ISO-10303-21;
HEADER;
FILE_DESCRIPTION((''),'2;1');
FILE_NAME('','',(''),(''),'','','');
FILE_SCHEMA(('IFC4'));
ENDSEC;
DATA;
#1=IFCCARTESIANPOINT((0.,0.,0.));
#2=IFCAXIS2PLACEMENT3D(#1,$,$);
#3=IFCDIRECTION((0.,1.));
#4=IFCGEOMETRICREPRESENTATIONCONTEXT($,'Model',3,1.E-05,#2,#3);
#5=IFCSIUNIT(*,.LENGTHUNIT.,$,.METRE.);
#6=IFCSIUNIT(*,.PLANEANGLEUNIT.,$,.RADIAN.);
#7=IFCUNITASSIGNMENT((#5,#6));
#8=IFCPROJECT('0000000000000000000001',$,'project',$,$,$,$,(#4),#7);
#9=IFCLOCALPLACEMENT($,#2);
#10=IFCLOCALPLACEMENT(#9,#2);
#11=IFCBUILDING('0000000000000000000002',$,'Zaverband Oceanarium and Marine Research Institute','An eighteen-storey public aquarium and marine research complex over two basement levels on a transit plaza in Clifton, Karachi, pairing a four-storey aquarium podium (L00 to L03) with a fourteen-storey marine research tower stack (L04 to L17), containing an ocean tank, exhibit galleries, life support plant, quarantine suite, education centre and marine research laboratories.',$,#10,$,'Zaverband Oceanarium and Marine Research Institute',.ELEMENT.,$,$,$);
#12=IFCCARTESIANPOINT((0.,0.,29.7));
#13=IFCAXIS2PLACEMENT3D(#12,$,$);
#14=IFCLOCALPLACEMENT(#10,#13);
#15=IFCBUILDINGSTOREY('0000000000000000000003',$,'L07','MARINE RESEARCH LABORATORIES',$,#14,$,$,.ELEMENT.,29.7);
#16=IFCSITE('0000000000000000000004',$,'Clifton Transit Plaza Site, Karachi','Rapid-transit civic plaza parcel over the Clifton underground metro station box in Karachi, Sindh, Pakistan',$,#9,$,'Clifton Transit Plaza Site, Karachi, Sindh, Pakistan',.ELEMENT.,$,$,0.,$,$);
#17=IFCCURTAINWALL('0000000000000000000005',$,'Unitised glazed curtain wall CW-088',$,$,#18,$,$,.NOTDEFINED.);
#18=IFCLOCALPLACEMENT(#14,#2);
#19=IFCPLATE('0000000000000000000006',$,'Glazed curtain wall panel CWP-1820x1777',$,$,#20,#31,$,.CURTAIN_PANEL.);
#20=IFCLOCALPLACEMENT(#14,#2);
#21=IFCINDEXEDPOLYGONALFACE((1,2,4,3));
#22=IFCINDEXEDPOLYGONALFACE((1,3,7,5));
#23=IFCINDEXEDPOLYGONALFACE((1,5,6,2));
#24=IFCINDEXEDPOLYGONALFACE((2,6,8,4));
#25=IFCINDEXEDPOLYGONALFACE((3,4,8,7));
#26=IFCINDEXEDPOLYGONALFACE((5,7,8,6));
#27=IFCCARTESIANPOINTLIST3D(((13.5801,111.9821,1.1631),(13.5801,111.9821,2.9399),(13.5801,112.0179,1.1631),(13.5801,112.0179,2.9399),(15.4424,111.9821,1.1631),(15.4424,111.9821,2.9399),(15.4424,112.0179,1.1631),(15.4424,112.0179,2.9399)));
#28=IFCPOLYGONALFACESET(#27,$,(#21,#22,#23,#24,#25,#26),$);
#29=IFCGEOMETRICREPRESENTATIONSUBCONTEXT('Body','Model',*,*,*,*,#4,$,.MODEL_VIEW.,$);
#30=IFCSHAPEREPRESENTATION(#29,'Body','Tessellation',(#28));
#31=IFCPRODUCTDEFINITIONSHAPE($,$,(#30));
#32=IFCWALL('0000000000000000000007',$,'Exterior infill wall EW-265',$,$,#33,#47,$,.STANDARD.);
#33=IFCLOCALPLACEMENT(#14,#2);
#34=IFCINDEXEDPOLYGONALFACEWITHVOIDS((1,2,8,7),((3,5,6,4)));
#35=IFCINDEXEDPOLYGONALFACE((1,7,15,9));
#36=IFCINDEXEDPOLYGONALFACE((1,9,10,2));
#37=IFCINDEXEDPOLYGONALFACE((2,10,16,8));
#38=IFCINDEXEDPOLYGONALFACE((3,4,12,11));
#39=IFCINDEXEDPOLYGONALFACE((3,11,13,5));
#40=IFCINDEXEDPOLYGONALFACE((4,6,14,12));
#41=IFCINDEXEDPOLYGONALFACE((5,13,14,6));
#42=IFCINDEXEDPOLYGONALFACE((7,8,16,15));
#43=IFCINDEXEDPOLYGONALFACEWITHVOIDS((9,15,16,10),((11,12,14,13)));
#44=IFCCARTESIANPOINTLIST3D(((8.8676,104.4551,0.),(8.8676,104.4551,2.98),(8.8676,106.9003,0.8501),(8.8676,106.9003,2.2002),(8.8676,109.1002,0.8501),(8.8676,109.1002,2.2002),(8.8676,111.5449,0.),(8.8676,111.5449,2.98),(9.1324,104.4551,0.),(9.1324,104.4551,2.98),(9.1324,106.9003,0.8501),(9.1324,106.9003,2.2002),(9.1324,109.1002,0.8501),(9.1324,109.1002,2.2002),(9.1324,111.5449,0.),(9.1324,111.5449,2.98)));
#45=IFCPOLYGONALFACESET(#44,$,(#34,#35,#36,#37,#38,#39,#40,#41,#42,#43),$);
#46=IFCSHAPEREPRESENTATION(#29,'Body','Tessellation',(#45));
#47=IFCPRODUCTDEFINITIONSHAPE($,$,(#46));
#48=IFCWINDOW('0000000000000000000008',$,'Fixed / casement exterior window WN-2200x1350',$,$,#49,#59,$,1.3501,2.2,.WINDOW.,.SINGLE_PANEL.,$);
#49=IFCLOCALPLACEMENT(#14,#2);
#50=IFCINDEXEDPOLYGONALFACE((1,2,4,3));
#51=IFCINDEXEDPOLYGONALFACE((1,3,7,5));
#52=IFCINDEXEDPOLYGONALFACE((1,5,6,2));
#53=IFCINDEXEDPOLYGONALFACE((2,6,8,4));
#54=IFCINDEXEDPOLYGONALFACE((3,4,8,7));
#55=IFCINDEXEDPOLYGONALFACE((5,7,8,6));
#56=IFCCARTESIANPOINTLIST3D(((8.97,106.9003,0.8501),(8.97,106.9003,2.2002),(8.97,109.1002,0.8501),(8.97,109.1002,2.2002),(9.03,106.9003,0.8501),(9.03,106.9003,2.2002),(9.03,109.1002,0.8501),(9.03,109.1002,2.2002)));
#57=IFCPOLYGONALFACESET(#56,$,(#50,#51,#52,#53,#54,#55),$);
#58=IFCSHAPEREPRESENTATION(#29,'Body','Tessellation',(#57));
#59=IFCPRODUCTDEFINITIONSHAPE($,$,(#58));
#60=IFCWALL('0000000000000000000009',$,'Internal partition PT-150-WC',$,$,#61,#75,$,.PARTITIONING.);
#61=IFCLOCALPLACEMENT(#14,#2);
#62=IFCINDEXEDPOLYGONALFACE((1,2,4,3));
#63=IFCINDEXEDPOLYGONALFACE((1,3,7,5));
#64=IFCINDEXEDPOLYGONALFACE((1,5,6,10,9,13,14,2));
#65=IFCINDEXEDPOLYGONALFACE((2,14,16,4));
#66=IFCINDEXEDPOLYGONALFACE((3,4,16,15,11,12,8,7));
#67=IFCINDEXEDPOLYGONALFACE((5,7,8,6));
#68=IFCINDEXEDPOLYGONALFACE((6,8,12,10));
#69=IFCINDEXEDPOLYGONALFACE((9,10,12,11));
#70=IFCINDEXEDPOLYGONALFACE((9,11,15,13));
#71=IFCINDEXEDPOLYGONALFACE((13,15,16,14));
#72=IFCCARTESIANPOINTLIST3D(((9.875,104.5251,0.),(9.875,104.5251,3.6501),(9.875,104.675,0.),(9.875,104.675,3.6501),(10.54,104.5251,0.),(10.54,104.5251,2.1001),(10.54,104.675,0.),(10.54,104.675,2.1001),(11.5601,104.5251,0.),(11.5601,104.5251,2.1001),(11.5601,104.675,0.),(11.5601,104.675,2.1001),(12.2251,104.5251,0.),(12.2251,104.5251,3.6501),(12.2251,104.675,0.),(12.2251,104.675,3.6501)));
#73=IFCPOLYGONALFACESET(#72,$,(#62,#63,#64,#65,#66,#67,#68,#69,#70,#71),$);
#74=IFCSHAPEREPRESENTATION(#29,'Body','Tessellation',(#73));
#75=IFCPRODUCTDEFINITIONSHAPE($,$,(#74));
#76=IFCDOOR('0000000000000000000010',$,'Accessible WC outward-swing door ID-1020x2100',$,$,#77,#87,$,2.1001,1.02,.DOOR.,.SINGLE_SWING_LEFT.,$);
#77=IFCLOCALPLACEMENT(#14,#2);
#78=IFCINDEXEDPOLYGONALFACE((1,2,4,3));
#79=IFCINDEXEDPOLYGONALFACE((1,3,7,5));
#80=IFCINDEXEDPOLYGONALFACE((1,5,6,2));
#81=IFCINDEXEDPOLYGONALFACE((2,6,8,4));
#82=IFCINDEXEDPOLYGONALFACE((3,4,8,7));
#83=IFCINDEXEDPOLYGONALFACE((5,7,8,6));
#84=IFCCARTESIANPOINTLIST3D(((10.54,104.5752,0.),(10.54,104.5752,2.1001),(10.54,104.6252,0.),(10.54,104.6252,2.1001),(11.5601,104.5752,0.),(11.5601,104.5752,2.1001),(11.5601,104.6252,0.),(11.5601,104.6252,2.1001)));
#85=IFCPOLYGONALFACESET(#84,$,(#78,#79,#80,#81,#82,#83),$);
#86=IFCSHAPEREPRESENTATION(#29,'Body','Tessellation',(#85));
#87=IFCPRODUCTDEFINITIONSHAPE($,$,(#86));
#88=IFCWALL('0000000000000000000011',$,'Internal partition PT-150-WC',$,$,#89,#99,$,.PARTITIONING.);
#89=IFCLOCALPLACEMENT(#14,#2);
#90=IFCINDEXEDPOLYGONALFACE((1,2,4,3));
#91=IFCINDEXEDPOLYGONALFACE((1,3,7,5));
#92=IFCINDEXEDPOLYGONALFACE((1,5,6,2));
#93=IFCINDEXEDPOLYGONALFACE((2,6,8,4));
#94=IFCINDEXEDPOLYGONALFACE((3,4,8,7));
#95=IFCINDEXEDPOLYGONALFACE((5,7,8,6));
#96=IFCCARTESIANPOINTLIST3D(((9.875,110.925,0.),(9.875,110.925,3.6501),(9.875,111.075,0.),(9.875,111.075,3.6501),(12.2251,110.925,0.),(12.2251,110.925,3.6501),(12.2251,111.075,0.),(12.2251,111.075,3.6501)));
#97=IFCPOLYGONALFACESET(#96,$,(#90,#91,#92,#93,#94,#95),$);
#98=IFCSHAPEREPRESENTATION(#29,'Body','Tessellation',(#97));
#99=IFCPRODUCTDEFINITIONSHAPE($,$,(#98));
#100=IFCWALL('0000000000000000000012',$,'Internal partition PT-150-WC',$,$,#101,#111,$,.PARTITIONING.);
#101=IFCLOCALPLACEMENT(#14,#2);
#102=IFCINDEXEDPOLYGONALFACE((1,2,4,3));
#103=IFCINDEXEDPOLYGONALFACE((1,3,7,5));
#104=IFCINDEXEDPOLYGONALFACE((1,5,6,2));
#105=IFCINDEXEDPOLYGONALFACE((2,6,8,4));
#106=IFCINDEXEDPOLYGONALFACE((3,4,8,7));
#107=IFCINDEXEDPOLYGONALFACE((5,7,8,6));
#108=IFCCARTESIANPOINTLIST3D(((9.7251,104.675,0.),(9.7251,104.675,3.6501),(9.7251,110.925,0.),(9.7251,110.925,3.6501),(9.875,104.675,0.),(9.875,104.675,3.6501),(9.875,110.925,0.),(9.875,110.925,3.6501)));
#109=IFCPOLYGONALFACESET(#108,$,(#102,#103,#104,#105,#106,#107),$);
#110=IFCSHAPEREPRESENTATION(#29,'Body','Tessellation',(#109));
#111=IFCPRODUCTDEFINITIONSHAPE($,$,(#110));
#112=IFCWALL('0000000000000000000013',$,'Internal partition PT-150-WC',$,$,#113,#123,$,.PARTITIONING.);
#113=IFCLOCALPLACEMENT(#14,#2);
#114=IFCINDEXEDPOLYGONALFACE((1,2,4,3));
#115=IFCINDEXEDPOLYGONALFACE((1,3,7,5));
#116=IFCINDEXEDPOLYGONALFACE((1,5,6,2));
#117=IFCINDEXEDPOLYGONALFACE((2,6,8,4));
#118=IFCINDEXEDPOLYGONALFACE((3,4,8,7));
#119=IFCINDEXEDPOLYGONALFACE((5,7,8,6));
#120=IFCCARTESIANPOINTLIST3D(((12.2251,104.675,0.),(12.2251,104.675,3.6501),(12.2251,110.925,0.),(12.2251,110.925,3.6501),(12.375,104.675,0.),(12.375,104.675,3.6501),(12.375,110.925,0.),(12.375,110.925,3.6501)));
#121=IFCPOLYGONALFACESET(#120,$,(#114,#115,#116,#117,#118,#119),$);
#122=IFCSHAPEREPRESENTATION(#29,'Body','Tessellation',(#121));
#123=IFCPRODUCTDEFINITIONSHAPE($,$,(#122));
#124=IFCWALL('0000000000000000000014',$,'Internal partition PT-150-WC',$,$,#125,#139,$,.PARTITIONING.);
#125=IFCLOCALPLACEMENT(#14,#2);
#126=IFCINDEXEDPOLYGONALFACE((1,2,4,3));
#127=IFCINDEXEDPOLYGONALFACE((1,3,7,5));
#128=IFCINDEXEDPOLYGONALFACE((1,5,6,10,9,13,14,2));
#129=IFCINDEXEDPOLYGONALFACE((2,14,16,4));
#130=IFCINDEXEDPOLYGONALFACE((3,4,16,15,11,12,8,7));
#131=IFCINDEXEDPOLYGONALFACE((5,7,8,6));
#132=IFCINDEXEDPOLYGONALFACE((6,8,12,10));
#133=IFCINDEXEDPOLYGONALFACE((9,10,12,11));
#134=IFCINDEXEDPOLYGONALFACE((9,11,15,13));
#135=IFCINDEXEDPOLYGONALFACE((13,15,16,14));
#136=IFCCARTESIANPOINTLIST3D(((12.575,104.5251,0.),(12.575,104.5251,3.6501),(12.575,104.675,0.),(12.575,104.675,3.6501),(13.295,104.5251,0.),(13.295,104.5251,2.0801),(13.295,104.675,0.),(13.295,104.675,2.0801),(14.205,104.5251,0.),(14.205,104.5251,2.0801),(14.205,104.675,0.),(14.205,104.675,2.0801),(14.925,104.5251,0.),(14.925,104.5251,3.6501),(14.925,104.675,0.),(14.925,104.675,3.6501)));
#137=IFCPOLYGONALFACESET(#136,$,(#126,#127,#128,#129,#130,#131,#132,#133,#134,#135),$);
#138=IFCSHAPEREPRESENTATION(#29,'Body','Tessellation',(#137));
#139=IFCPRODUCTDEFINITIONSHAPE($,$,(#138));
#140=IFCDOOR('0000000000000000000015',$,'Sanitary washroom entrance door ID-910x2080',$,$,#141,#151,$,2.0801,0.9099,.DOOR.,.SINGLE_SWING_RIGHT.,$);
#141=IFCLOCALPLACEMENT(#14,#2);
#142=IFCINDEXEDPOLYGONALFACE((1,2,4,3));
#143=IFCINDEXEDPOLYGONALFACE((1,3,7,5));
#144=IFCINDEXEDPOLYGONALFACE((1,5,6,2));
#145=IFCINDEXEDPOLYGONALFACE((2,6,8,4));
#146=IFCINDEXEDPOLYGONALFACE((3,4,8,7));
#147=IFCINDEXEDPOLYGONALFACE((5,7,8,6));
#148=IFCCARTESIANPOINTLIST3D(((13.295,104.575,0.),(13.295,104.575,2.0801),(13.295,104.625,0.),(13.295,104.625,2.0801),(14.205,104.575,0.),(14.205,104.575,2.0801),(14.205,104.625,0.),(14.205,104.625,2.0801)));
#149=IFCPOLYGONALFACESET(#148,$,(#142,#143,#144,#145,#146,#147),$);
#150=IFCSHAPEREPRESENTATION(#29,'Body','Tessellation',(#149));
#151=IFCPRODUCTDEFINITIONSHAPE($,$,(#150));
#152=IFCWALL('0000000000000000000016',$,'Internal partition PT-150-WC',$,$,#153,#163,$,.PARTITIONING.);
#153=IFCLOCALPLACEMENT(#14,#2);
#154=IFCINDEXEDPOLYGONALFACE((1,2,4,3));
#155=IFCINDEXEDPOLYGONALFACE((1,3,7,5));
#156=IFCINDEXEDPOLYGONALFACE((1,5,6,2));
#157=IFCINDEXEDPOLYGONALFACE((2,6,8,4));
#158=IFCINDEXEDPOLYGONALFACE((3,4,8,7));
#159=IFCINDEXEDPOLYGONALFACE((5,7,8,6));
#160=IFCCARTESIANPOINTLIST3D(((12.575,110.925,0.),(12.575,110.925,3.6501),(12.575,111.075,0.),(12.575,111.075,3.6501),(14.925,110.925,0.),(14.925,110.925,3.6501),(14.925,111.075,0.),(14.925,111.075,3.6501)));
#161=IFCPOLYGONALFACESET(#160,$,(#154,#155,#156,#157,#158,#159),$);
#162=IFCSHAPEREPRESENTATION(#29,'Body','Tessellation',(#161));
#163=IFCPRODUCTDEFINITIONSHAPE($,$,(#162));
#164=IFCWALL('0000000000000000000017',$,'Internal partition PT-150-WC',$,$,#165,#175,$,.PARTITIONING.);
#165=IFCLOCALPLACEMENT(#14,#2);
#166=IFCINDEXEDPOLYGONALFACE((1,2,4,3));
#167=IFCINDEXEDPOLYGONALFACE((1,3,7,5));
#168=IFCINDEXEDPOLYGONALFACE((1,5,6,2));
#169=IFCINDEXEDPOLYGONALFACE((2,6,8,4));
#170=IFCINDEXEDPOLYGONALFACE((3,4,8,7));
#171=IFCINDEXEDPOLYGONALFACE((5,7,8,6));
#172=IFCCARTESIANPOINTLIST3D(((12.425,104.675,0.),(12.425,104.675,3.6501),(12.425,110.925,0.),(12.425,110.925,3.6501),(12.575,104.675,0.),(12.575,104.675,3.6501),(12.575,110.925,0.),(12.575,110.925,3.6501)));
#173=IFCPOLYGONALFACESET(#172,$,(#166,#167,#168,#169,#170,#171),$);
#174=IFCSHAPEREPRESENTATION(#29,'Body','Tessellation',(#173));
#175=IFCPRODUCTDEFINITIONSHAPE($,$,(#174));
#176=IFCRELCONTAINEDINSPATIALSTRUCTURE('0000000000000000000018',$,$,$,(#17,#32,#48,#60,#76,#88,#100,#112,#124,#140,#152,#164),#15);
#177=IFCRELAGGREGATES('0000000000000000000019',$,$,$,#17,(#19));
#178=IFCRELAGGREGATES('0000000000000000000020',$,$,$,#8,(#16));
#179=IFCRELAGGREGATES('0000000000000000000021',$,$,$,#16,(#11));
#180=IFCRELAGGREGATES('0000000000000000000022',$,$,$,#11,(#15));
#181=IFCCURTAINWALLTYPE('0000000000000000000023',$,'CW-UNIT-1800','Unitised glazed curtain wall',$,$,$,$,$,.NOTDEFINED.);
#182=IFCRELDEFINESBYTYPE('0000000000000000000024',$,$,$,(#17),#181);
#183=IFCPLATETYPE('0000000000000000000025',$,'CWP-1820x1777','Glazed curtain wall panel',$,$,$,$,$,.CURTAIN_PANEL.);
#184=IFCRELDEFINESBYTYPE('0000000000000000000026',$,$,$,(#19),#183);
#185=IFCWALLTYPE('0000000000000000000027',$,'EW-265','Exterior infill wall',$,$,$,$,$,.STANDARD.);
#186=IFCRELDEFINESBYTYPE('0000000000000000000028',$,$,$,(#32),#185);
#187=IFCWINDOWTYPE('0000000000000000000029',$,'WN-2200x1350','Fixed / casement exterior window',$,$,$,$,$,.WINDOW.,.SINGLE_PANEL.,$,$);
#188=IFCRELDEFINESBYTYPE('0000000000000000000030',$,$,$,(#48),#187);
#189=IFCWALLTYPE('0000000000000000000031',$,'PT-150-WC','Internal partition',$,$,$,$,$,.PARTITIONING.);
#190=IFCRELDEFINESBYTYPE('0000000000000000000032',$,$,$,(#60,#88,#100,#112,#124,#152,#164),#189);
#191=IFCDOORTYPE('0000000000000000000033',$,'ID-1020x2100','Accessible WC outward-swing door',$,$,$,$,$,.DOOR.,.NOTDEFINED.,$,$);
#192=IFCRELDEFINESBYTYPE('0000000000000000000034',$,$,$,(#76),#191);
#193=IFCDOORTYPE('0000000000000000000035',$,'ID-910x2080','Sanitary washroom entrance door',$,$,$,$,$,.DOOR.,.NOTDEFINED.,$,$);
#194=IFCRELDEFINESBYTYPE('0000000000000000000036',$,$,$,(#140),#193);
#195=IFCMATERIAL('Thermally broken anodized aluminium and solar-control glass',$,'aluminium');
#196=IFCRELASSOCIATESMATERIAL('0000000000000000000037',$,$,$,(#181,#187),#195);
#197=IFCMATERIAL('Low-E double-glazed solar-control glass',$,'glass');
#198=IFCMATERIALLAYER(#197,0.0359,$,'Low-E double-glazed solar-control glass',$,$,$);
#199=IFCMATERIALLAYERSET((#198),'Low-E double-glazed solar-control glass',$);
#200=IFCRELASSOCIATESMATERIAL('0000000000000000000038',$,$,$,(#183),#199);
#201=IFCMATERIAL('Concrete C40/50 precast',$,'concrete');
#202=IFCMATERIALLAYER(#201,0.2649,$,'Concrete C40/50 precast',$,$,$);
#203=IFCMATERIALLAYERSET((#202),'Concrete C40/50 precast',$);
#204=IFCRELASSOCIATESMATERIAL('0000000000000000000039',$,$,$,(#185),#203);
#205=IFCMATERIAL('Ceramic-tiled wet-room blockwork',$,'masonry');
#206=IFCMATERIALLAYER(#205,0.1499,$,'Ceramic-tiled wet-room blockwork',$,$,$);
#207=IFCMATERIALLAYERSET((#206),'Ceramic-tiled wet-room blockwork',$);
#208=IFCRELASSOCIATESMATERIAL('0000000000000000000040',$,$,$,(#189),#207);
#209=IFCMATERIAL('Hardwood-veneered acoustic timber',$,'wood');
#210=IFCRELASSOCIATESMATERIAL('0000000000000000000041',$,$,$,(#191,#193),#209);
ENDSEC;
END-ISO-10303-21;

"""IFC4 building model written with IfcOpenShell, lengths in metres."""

from ifc_helpers import new_model, si_unit, direction, frame, frame_2d, origin, place, context, subcontext, project, spatial, rectangle, extrude, material, layer, layer_set, type_object, element, fill, aggregate, save


model = new_model("IFC4")

# Units and contexts
model_context = context("Model", 3, precision=1e-05, world=origin(), true_north=direction((0.0, 1.0)))
body_context = subcontext(model_context, "Body", "Model", "MODEL_VIEW")
ifc_project = project(units=[si_unit("LENGTHUNIT", "METRE"), si_unit("PLANEANGLEUNIT", "RADIAN")], contexts=[model_context])

# Site, building, storey
site_placement = place(None, origin())
site = spatial("IfcSite", under=ifc_project, at=site_placement, Name="Clifton Transit Plaza Site, Karachi", Description="Rapid-transit civic plaza parcel over the Clifton underground metro station box in Karachi, Sindh, Pakistan", LongName="Clifton Transit Plaza Site, Karachi, Sindh, Pakistan", CompositionType="ELEMENT", RefElevation=0.0)
building_placement = place(site_placement, origin())
building = spatial("IfcBuilding", under=site, at=building_placement, Name="Zaverband Oceanarium and Marine Research Institute", Description="An eighteen-storey public aquarium and marine research complex over two basement levels on a transit plaza in Clifton, Karachi, pairing a four-storey aquarium podium (L00 to L03) with a fourteen-storey marine research tower stack (L04 to L17), containing an ocean tank, exhibit galleries, life support plant, quarantine suite, education centre and marine research laboratories.", LongName="Zaverband Oceanarium and Marine Research Institute", CompositionType="ELEMENT")
storey_placement = place(building_placement, frame((0.0, 0.0, 29.7)))
storey = spatial("IfcBuildingStorey", under=building, at=storey_placement, Name="L07", Description="MARINE RESEARCH LABORATORIES", CompositionType="ELEMENT", Elevation=29.7)

# Curtain wall
ifc_material_1 = material(Name="Thermally broken anodized aluminium and solar-control glass", Category="aluminium")
curtain_wall_type = type_object("IfcCurtainWallType", Name="CW-UNIT-1800", Description="Unitised glazed curtain wall", PredefinedType="NOTDEFINED", material=ifc_material_1)
curtain_wall_placement = place(storey_placement, origin())
curtain_wall = element("IfcCurtainWall", 1, at=curtain_wall_placement, inside=storey, type_object=curtain_wall_type, Name="Unitised glazed curtain wall CW-088", PredefinedType="NOTDEFINED")

# Plate
ifc_material_2 = material(Name="Low-E double-glazed solar-control glass", Category="glass")
ifc_layer_1 = layer(ifc_material_2, 0.0359, Name="Low-E double-glazed solar-control glass")
ifc_layer_set_1 = layer_set([ifc_layer_1], Name="Low-E double-glazed solar-control glass")
plate_type_1 = type_object("IfcPlateType", Name="CWP-1820x1777", Description="Glazed curtain wall panel", PredefinedType="CURTAIN_PANEL", material=ifc_layer_set_1)
plate_1_placement = place(storey_placement, frame((13.5801, 112.0, 1.1631), z_axis=(0.0, 0.0, 1.0), x_axis=(1.0, 0.0, 0.0)))
plate_1 = element("IfcPlate", 2, at=plate_1_placement, type_object=plate_type_1, Name="Glazed curtain wall panel CWP-1820x1777", PredefinedType="CURTAIN_PANEL", context=body_context, shape_type="SweptSolid", body=[
    extrude(rectangle(XDim=1.8623, YDim=0.0359, at=frame_2d((0.9312, 0.0))), origin(), (0.0, 0.0, 1.0), 1.7769),
])
aggregate(curtain_wall, [plate_1])

# Wall, opening, window
ifc_material_3 = material(Name="Concrete C40/50 precast", Category="concrete")
ifc_layer_2 = layer(ifc_material_3, 0.2649, Name="Concrete C40/50 precast")
ifc_layer_set_2 = layer_set([ifc_layer_2], Name="Concrete C40/50 precast")
wall_type_1 = type_object("IfcWallType", Name="EW-265", Description="Exterior infill wall", PredefinedType="STANDARD", material=ifc_layer_set_2)
wall_1_placement = place(storey_placement, frame((9.0, 104.4551, 0.0), z_axis=(0.0, 0.0, 1.0), x_axis=(0.0, 1.0, 0.0)))
wall_1 = element("IfcWall", 3, at=wall_1_placement, inside=storey, type_object=wall_type_1, Name="Exterior infill wall EW-265", PredefinedType="STANDARD", context=body_context, shape_type="SweptSolid", body=[
    extrude(rectangle(XDim=7.0898, YDim=0.2649, at=frame_2d((3.5449, 0.0))), origin(), (0.0, 0.0, 1.0), 2.98),
])
opening_1_placement = place(wall_1_placement, frame((2.4451, 0.0, 0.8501)))
opening_1 = element("IfcOpeningElement", 4, at=opening_1_placement, cuts=wall_1, PredefinedType="OPENING", context=body_context, shape_type="SweptSolid", body=[
    extrude(rectangle(XDim=2.2, YDim=1.3501, at=frame_2d((1.1001, 0.675))), frame((0.0, 0.1445, 0.0), z_axis=(0.0, -1.0, 0.0), x_axis=(1.0, 0.0, 0.0)), (0.0, 0.0, 1.0), 0.2888),
])
window_type = type_object("IfcWindowType", Name="WN-2200x1350", Description="Fixed / casement exterior window", PartitioningType="SINGLE_PANEL", PredefinedType="WINDOW", material=ifc_material_1)
window_placement = place(opening_1_placement, origin())
window = element("IfcWindow", 5, at=window_placement, inside=storey, type_object=window_type, Name="Fixed / casement exterior window WN-2200x1350", OverallHeight=1.3501, OverallWidth=2.2, PartitioningType="SINGLE_PANEL", PredefinedType="WINDOW", context=body_context, shape_type="SweptSolid", body=[
    extrude(rectangle(XDim=2.2, YDim=1.3501, at=frame_2d((1.1001, 0.675))), frame((0.0, 0.03, 0.0), z_axis=(0.0, -1.0, 0.0), x_axis=(1.0, 0.0, 0.0)), (0.0, 0.0, 1.0), 0.0601),
])
fill(opening_1, window)

# Wall, opening, door
ifc_material_4 = material(Name="Ceramic-tiled wet-room blockwork", Category="masonry")
ifc_layer_3 = layer(ifc_material_4, 0.1499, Name="Ceramic-tiled wet-room blockwork")
ifc_layer_set_3 = layer_set([ifc_layer_3], Name="Ceramic-tiled wet-room blockwork")
wall_type_2 = type_object("IfcWallType", Name="PT-150-WC", Description="Internal partition", PredefinedType="PARTITIONING", material=ifc_layer_set_3)
wall_2_placement = place(storey_placement, frame((9.875, 104.6001, 0.0), z_axis=(0.0, 0.0, 1.0), x_axis=(1.0, 0.0, 0.0)))
wall_2 = element("IfcWall", 6, at=wall_2_placement, inside=storey, type_object=wall_type_2, Name="Internal partition PT-150-WC", PredefinedType="PARTITIONING", context=body_context, shape_type="SweptSolid", body=[
    extrude(rectangle(XDim=2.3501, YDim=0.1499, at=frame_2d((1.175, 0.0))), origin(), (0.0, 0.0, 1.0), 3.6501),
])
opening_2_placement = place(wall_2_placement, frame((0.665, 0.0, 0.0)))
opening_2 = element("IfcOpeningElement", 7, at=opening_2_placement, cuts=wall_2, PredefinedType="OPENING", context=body_context, shape_type="SweptSolid", body=[
    extrude(rectangle(XDim=1.02, YDim=2.1001, at=frame_2d((0.51, 1.05))), frame((0.0, 0.0869, 0.0), z_axis=(0.0, -1.0, 0.0), x_axis=(1.0, 0.0, 0.0)), (0.0, 0.0, 1.0), 0.1738),
])
ifc_material_5 = material(Name="Hardwood-veneered acoustic timber", Category="wood")
door_type_1 = type_object("IfcDoorType", Name="ID-1020x2100", Description="Accessible WC outward-swing door", OperationType="NOTDEFINED", PredefinedType="DOOR", material=ifc_material_5)
door_1_placement = place(opening_2_placement, frame((1.02, 0.0, 0.0), z_axis=(0.0, 0.0, 1.0), x_axis=(-1.0, 0.0, 0.0)))
door_1 = element("IfcDoor", 8, at=door_1_placement, inside=storey, type_object=door_type_1, Name="Accessible WC outward-swing door ID-1020x2100", OperationType="SINGLE_SWING_LEFT", OverallHeight=2.1001, OverallWidth=1.02, PredefinedType="DOOR", context=body_context, shape_type="SweptSolid", body=[
    extrude(rectangle(XDim=1.02, YDim=2.1001, at=frame_2d((0.51, 1.05))), frame((0.0, 0.0249, 0.0), z_axis=(0.0, -1.0, 0.0), x_axis=(1.0, 0.0, 0.0)), (0.0, 0.0, 1.0), 0.05),
])
fill(opening_2, door_1)

# Walls
wall_3_placement = place(storey_placement, frame((9.875, 111.0, 0.0), z_axis=(0.0, 0.0, 1.0), x_axis=(1.0, 0.0, 0.0)))
element("IfcWall", 9, at=wall_3_placement, inside=storey, type_object=wall_type_2, Name="Internal partition PT-150-WC", PredefinedType="PARTITIONING", context=body_context, shape_type="SweptSolid", body=[
    extrude(rectangle(XDim=2.3501, YDim=0.1499, at=frame_2d((1.175, 0.0))), origin(), (0.0, 0.0, 1.0), 3.6501),
])
for number, where, z_axis, x_axis, name in (
    (10, (9.8, 104.675, 0.0), (0.0, 0.0, 1.0), (0.0, 1.0, 0.0), "Internal partition PT-150-WC"),
    (11, (12.3, 104.675, 0.0), (0.0, 0.0, 1.0), (0.0, 1.0, 0.0), "Internal partition PT-150-WC"),
):
    element("IfcWall", number, at=place(storey_placement, frame(where, z_axis=z_axis, x_axis=x_axis)), inside=storey, type_object=wall_type_2, Name=name, PredefinedType="PARTITIONING", context=body_context, shape_type="SweptSolid", body=[
        extrude(rectangle(XDim=6.25, YDim=0.1499, at=frame_2d((3.125, 0.0))), origin(), (0.0, 0.0, 1.0), 3.6501),
    ])

# Wall, opening, door
wall_4_placement = place(storey_placement, frame((12.575, 104.6001, 0.0), z_axis=(0.0, 0.0, 1.0), x_axis=(1.0, 0.0, 0.0)))
wall_4 = element("IfcWall", 12, at=wall_4_placement, inside=storey, type_object=wall_type_2, Name="Internal partition PT-150-WC", PredefinedType="PARTITIONING", context=body_context, shape_type="SweptSolid", body=[
    extrude(rectangle(XDim=2.3501, YDim=0.1499, at=frame_2d((1.175, 0.0))), origin(), (0.0, 0.0, 1.0), 3.6501),
])
opening_3_placement = place(wall_4_placement, frame((0.72, 0.0, 0.0)))
opening_3 = element("IfcOpeningElement", 13, at=opening_3_placement, cuts=wall_4, PredefinedType="OPENING", context=body_context, shape_type="SweptSolid", body=[
    extrude(rectangle(XDim=0.9099, YDim=2.0801, at=frame_2d((0.4551, 1.04))), frame((0.0, 0.0869, 0.0), z_axis=(0.0, -1.0, 0.0), x_axis=(1.0, 0.0, 0.0)), (0.0, 0.0, 1.0), 0.1738),
])
door_type_2 = type_object("IfcDoorType", Name="ID-910x2080", Description="Sanitary washroom entrance door", OperationType="NOTDEFINED", PredefinedType="DOOR", material=ifc_material_5)
door_2_placement = place(opening_3_placement, origin())
door_2 = element("IfcDoor", 14, at=door_2_placement, inside=storey, type_object=door_type_2, Name="Sanitary washroom entrance door ID-910x2080", OperationType="SINGLE_SWING_RIGHT", OverallHeight=2.0801, OverallWidth=0.9099, PredefinedType="DOOR", context=body_context, shape_type="SweptSolid", body=[
    extrude(rectangle(XDim=0.9099, YDim=2.0801, at=frame_2d((0.4551, 1.04))), frame((0.0, 0.0249, 0.0), z_axis=(0.0, -1.0, 0.0), x_axis=(1.0, 0.0, 0.0)), (0.0, 0.0, 1.0), 0.05),
])
fill(opening_3, door_2)

# Walls
wall_5_placement = place(storey_placement, frame((12.575, 111.0, 0.0), z_axis=(0.0, 0.0, 1.0), x_axis=(1.0, 0.0, 0.0)))
element("IfcWall", 15, at=wall_5_placement, inside=storey, type_object=wall_type_2, Name="Internal partition PT-150-WC", PredefinedType="PARTITIONING", context=body_context, shape_type="SweptSolid", body=[
    extrude(rectangle(XDim=2.3501, YDim=0.1499, at=frame_2d((1.175, 0.0))), origin(), (0.0, 0.0, 1.0), 3.6501),
])
for number, where, z_axis, x_axis, name in (
    (16, (12.5, 104.675, 0.0), (0.0, 0.0, 1.0), (0.0, 1.0, 0.0), "Internal partition PT-150-WC"),
):
    element("IfcWall", number, at=place(storey_placement, frame(where, z_axis=z_axis, x_axis=x_axis)), inside=storey, type_object=wall_type_2, Name=name, PredefinedType="PARTITIONING", context=body_context, shape_type="SweptSolid", body=[
        extrude(rectangle(XDim=6.25, YDim=0.1499, at=frame_2d((3.125, 0.0))), origin(), (0.0, 0.0, 1.0), 3.6501),
    ])

save(model, "model.ifc")
